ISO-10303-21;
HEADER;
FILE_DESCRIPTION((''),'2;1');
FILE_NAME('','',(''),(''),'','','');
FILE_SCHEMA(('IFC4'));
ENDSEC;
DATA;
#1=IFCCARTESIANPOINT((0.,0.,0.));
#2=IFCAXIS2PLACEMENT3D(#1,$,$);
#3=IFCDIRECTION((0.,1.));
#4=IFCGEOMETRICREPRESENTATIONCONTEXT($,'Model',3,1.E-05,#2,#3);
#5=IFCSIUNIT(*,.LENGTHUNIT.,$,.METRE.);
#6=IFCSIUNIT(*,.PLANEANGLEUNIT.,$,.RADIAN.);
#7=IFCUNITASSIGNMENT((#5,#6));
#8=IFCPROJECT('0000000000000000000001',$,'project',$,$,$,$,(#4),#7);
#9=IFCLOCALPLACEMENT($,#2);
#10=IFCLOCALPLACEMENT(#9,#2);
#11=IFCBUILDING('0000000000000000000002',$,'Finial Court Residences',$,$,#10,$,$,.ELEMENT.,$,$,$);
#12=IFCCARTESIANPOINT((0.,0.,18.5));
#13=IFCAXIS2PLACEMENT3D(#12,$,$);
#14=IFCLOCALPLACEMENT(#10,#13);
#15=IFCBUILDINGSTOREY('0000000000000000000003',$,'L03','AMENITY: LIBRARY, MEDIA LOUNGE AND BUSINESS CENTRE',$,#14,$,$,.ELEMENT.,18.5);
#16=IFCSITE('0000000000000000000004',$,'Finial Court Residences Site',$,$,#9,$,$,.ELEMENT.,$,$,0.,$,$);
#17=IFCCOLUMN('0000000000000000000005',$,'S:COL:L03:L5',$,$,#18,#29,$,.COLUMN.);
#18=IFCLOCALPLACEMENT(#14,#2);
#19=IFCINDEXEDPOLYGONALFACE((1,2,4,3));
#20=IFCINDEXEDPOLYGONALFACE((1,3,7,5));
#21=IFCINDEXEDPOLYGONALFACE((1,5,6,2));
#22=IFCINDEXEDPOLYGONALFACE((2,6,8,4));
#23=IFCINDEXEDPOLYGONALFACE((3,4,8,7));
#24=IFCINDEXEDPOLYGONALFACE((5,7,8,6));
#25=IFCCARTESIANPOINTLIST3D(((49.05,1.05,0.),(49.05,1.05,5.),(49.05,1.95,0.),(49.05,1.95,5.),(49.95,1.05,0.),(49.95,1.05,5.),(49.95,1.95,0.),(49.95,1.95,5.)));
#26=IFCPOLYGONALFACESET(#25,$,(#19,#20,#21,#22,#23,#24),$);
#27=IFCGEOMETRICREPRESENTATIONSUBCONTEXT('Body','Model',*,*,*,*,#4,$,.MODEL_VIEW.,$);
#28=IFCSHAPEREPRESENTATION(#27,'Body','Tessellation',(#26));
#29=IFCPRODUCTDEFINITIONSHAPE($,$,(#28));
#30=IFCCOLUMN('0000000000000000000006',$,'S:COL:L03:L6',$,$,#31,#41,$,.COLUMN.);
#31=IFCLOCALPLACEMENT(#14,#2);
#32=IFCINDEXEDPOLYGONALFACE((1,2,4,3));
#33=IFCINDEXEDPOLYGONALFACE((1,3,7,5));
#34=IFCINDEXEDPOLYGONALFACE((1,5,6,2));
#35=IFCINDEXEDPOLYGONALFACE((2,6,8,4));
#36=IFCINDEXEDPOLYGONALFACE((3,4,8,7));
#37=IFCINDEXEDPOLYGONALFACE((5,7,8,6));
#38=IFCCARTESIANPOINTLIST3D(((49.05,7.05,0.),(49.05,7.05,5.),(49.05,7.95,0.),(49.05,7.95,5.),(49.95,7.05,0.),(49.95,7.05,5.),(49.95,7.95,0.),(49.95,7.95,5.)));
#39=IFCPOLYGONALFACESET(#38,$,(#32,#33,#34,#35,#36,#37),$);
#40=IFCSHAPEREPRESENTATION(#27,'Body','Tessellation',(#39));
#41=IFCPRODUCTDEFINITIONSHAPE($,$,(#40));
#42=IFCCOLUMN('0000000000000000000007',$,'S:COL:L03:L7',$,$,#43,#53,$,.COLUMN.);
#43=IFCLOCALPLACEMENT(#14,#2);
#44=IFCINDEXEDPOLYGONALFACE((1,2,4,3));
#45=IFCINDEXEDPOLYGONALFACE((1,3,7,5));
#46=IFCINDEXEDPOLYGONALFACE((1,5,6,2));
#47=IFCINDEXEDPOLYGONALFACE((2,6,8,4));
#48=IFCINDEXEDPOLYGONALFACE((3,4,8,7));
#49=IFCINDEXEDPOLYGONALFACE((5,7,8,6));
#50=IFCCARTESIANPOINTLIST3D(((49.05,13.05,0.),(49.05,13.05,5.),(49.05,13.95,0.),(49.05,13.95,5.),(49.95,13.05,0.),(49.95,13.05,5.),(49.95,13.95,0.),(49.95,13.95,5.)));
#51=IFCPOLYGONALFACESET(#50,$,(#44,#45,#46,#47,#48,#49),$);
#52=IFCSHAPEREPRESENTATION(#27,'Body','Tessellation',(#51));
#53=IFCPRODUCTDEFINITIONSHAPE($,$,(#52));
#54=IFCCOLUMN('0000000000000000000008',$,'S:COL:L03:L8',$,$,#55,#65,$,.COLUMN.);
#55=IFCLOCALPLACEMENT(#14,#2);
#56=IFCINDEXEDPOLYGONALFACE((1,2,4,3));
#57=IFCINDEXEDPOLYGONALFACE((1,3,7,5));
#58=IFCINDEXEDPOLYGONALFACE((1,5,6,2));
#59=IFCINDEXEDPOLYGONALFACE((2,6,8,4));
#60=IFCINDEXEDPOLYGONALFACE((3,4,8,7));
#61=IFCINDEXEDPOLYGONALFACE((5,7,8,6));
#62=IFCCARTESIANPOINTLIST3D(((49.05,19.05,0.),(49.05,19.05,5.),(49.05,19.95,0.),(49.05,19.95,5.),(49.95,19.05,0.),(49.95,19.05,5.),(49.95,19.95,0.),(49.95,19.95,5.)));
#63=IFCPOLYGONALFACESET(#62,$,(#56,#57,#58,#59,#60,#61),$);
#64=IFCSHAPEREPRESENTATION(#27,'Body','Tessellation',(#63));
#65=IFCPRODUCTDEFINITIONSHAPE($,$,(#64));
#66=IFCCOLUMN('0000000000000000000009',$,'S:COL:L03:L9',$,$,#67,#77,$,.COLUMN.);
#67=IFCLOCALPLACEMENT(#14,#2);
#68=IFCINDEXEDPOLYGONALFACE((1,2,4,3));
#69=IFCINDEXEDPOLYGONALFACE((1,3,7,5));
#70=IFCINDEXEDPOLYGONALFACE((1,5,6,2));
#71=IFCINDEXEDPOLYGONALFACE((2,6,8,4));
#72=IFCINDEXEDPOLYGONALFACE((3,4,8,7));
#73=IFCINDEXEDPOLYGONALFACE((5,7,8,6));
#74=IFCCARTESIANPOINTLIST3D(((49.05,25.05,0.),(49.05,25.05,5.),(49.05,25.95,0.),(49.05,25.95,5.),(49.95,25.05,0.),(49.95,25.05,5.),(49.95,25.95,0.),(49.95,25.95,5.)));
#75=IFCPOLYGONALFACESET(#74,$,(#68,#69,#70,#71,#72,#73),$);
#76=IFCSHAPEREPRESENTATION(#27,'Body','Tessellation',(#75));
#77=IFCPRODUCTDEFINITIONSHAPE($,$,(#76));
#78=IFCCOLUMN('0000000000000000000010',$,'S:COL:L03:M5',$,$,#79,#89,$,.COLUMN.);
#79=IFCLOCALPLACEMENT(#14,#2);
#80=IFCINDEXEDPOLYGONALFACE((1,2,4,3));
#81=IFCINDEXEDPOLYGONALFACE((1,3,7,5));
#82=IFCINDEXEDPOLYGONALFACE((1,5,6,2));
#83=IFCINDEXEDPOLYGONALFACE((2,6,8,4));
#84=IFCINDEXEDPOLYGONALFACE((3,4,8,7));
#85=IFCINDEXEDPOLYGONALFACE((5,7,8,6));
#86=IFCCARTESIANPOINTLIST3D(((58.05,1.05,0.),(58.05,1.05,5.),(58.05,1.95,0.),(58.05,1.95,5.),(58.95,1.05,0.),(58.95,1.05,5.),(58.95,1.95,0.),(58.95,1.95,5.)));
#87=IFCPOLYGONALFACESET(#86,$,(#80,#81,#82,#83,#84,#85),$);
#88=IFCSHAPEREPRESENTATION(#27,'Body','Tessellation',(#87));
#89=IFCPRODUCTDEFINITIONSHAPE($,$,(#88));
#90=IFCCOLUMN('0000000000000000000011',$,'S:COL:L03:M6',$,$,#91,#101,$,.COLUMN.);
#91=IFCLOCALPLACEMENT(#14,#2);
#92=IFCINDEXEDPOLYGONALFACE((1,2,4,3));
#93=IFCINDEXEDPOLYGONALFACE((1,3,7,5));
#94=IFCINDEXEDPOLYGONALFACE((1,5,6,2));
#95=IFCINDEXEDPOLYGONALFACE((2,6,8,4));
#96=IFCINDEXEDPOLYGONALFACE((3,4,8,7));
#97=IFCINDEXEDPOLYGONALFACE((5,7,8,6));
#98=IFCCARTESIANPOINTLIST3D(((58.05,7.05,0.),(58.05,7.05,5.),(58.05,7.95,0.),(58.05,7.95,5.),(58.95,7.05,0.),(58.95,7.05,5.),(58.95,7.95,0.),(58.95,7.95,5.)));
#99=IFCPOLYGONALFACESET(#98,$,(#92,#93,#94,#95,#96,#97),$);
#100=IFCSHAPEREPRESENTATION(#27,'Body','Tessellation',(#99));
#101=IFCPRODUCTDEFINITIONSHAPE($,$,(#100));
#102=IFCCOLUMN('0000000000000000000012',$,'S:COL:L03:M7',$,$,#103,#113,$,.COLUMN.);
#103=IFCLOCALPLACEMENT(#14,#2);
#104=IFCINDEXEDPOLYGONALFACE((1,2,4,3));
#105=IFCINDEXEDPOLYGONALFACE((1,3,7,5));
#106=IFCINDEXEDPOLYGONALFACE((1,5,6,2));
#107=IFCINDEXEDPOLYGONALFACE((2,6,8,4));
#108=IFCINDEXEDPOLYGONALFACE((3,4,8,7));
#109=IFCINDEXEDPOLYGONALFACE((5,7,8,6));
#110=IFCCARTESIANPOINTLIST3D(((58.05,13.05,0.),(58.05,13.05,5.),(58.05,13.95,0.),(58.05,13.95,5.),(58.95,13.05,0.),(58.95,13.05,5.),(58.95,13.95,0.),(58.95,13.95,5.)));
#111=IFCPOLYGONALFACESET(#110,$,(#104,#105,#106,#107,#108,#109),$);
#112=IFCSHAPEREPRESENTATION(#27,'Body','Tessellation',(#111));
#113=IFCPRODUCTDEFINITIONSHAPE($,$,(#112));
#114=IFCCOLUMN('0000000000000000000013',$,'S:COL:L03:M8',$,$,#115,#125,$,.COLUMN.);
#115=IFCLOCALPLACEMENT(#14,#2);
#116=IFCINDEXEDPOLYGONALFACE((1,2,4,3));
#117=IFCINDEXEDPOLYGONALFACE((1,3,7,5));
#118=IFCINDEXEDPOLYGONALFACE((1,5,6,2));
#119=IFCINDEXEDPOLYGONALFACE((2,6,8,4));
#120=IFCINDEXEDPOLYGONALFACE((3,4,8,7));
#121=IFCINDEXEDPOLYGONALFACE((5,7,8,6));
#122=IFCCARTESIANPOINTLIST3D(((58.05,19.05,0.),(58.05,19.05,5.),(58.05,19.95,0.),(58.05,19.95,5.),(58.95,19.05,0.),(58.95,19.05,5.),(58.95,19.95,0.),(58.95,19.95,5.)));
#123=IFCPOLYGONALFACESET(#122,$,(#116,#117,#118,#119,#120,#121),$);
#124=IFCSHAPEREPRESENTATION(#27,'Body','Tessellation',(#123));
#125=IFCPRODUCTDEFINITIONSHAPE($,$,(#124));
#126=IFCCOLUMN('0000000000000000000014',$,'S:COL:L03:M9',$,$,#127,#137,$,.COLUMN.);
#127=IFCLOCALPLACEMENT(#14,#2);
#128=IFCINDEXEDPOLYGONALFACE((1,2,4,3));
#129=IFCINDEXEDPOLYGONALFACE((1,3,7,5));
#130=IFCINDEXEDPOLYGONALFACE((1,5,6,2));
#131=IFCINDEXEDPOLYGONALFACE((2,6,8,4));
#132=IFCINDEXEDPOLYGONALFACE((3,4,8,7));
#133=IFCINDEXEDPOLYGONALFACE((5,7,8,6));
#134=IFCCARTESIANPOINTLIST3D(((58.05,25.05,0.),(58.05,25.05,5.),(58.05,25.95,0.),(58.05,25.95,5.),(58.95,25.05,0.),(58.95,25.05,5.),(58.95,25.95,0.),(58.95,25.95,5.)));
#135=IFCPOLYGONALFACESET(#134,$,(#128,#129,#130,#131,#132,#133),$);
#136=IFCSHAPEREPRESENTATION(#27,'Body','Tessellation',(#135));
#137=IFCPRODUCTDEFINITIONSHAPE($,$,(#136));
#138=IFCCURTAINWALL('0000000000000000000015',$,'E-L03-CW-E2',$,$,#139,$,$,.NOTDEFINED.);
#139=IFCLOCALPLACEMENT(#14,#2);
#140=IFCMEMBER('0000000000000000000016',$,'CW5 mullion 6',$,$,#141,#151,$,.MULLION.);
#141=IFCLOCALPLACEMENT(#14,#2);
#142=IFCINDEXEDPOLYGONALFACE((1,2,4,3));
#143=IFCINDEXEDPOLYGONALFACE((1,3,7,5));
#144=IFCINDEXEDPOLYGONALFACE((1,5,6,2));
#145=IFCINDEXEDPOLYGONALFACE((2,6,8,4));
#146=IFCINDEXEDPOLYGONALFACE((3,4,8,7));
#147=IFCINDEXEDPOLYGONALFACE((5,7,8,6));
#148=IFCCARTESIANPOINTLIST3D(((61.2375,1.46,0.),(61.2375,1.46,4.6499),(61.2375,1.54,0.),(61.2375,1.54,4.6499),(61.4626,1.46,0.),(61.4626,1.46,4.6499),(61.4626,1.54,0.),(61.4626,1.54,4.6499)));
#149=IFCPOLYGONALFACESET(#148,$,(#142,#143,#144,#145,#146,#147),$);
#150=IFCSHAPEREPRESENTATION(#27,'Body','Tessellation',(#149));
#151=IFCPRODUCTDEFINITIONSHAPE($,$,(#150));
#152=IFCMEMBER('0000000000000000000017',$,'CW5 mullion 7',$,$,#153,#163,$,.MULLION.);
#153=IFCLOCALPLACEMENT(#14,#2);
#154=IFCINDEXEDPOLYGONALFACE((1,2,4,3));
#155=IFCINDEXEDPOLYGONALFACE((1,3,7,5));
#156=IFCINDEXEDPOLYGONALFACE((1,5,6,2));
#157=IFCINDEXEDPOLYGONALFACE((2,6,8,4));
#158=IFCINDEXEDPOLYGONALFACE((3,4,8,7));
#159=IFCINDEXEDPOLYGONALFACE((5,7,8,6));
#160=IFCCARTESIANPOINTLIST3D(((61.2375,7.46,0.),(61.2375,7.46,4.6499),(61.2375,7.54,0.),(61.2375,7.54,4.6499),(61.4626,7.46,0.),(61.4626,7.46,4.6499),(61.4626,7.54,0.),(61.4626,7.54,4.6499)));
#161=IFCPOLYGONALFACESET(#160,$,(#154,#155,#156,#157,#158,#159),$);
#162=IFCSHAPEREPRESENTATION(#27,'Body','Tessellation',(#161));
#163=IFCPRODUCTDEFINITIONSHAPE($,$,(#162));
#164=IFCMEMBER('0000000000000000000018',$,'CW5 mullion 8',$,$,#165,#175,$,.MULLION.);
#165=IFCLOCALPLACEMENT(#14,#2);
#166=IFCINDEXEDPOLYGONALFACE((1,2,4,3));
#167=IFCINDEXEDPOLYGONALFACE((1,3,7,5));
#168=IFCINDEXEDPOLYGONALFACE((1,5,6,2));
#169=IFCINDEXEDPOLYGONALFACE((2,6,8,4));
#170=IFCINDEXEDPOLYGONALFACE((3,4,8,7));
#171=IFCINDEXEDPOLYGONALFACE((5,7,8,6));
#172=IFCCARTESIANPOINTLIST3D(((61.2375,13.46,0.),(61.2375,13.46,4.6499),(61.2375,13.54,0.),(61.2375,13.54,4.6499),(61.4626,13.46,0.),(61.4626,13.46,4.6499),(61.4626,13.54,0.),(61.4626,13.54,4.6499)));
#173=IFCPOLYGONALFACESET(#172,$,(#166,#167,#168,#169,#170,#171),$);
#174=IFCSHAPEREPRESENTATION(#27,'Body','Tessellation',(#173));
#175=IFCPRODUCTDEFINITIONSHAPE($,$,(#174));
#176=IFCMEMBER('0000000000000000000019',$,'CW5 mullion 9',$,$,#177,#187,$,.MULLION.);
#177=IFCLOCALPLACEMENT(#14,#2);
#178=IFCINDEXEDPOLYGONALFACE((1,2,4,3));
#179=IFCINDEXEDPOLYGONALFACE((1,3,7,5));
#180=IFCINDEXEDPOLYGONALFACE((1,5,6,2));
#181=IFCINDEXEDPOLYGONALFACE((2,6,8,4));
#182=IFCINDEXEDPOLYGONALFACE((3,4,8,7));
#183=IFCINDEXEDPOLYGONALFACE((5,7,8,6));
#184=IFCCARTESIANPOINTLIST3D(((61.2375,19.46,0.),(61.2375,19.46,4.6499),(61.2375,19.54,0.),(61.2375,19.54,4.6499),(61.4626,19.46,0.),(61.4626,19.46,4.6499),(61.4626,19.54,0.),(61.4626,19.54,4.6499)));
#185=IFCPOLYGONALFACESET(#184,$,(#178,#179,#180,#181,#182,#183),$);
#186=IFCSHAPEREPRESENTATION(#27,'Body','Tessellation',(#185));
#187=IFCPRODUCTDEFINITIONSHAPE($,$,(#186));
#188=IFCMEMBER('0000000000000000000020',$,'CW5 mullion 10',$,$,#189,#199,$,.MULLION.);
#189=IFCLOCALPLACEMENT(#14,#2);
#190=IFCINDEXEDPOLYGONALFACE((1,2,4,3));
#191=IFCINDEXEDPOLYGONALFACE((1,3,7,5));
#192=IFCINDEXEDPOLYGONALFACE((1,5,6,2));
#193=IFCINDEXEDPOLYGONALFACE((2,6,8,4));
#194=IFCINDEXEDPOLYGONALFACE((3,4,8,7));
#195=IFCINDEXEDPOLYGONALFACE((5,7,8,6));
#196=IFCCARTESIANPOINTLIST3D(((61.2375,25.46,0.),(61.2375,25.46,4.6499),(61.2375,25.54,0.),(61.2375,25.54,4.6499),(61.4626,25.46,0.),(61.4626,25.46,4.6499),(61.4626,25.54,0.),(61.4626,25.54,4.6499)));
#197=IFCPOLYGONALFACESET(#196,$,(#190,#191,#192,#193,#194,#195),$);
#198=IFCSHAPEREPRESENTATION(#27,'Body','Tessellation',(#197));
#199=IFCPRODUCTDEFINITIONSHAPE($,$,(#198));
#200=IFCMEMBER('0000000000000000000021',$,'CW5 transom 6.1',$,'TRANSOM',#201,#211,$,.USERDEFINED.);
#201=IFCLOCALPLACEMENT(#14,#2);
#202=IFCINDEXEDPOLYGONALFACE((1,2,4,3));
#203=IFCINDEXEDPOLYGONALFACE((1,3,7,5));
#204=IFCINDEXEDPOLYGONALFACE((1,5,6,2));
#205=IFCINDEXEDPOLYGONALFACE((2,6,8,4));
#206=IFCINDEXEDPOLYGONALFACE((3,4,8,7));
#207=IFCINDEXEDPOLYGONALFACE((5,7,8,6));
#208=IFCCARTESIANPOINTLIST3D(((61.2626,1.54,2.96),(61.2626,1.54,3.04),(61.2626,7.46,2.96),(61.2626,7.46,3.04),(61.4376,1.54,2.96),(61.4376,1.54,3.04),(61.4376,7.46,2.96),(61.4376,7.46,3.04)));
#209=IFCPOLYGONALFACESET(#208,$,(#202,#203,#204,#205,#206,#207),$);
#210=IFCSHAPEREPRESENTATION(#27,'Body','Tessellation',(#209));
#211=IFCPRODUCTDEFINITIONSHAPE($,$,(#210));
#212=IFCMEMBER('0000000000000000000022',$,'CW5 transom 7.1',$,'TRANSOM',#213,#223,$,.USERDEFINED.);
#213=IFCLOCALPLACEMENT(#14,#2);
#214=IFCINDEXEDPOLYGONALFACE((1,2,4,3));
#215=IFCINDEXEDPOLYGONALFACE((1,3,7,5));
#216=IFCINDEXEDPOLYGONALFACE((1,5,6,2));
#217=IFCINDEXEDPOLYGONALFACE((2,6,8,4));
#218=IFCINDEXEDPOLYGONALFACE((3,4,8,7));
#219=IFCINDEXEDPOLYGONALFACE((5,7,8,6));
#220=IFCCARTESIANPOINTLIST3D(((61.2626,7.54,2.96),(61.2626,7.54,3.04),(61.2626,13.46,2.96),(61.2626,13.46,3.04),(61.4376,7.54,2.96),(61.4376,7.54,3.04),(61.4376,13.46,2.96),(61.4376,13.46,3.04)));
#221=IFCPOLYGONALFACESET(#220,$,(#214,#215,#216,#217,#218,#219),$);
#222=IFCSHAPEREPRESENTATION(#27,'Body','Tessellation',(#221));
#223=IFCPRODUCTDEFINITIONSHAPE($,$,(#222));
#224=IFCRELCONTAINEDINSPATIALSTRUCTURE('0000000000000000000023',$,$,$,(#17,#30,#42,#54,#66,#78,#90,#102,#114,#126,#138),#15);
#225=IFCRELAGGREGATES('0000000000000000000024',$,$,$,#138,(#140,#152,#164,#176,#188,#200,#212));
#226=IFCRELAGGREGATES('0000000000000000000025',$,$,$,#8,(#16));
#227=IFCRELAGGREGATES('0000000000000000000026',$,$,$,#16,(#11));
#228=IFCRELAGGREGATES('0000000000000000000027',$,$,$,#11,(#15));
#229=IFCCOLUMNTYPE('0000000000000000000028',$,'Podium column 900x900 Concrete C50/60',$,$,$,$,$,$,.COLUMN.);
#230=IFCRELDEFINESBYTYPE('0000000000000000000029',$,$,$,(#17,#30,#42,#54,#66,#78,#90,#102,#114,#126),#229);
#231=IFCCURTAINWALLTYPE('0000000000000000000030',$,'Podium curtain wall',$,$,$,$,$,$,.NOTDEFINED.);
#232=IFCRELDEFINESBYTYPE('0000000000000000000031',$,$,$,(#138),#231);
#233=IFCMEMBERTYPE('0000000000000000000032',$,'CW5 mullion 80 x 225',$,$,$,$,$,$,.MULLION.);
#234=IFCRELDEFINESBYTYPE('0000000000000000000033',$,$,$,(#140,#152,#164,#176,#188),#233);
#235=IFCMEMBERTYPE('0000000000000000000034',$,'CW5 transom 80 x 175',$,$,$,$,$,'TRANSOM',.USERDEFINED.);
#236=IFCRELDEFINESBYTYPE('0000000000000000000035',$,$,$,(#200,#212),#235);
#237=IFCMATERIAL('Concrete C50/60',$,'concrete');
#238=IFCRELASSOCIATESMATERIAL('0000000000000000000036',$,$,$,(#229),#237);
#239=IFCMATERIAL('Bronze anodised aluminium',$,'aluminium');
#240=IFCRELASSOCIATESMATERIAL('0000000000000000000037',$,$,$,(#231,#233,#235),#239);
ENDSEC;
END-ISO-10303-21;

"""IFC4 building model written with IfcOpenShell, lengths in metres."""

from ifc_helpers import new_model, si_unit, direction, frame, origin, origin_2d, place, context, subcontext, project, spatial, rectangle, extrude, material, material_profile, profile_set, type_object, element, aggregate, save


model = new_model("IFC4")

# Units and contexts
model_context = context("Model", 3, precision=1e-05, world=origin(), true_north=direction((0.0, 1.0)))
body_context = subcontext(model_context, "Body", "Model", "MODEL_VIEW")
ifc_project = project(units=[si_unit("LENGTHUNIT", "METRE"), si_unit("PLANEANGLEUNIT", "RADIAN")], contexts=[model_context])

# Site, building, storey
site_placement = place(None, origin())
site = spatial("IfcSite", under=ifc_project, at=site_placement, Name="Finial Court Residences Site", CompositionType="ELEMENT", RefElevation=0.0)
building_placement = place(site_placement, origin())
building = spatial("IfcBuilding", under=site, at=building_placement, Name="Finial Court Residences", CompositionType="ELEMENT")
storey_placement = place(building_placement, frame((0.0, 0.0, 18.5)))
storey = spatial("IfcBuildingStorey", under=building, at=storey_placement, Name="L03", Description="AMENITY: LIBRARY, MEDIA LOUNGE AND BUSINESS CENTRE", CompositionType="ELEMENT", Elevation=18.5)

# Columns
ifc_material_1 = material(Name="Concrete C50/60", Category="concrete")
ifc_material_profile_1 = material_profile(ifc_material_1, rectangle(XDim=0.8999, YDim=0.8999, at=origin_2d()), Name="900x900")
ifc_profile_set_1 = profile_set([ifc_material_profile_1], Name="Concrete C50/60")
column_type = type_object("IfcColumnType", Name="Podium column 900x900 Concrete C50/60", PredefinedType="COLUMN", material=ifc_profile_set_1)
for number, where, z_axis, x_axis, name in (
    (1, (49.5, 1.5, 0.0), (0.0, 0.0, 1.0), (1.0, 0.0, 0.0), "S:COL:L03:L5"),
    (2, (49.5, 7.5, 0.0), (0.0, 0.0, 1.0), (1.0, 0.0, 0.0), "S:COL:L03:L6"),
    (3, (49.5, 13.5, 0.0), (0.0, 0.0, 1.0), (1.0, 0.0, 0.0), "S:COL:L03:L7"),
    (4, (49.5, 19.5, 0.0), (0.0, 0.0, 1.0), (1.0, 0.0, 0.0), "S:COL:L03:L8"),
    (5, (49.5, 25.5, 0.0), (0.0, 0.0, 1.0), (1.0, 0.0, 0.0), "S:COL:L03:L9"),
    (6, (58.5, 1.5, 0.0), (0.0, 0.0, 1.0), (1.0, 0.0, 0.0), "S:COL:L03:M5"),
    (7, (58.5, 7.5, 0.0), (0.0, 0.0, 1.0), (1.0, 0.0, 0.0), "S:COL:L03:M6"),
    (8, (58.5, 13.5, 0.0), (0.0, 0.0, 1.0), (1.0, 0.0, 0.0), "S:COL:L03:M7"),
    (9, (58.5, 19.5, 0.0), (0.0, 0.0, 1.0), (1.0, 0.0, 0.0), "S:COL:L03:M8"),
    (10, (58.5, 25.5, 0.0), (0.0, 0.0, 1.0), (1.0, 0.0, 0.0), "S:COL:L03:M9"),
):
    element("IfcColumn", number, at=place(storey_placement, frame(where, z_axis=z_axis, x_axis=x_axis)), inside=storey, type_object=column_type, Name=name, PredefinedType="COLUMN", context=body_context, shape_type="SweptSolid", body=[
        extrude(rectangle(XDim=0.8999, YDim=0.8999, at=origin_2d()), origin(), (0.0, 0.0, 1.0), 5.0),
    ])

# Curtain wall, members
ifc_material_2 = material(Name="Bronze anodised aluminium", Category="aluminium")
curtain_wall_type = type_object("IfcCurtainWallType", Name="Podium curtain wall", PredefinedType="NOTDEFINED", material=ifc_material_2)
curtain_wall_placement = place(storey_placement, origin())
curtain_wall = element("IfcCurtainWall", 11, at=curtain_wall_placement, inside=storey, type_object=curtain_wall_type, Name="E-L03-CW-E2", PredefinedType="NOTDEFINED")
ifc_material_profile_2 = material_profile(ifc_material_2, rectangle(XDim=0.2251, YDim=0.0801, at=origin_2d()), Name="CW5 mullion 80 x 225")
ifc_profile_set_2 = profile_set([ifc_material_profile_2], Name="Bronze anodised aluminium")
member_type_1 = type_object("IfcMemberType", Name="CW5 mullion 80 x 225", PredefinedType="MULLION", material=ifc_profile_set_2)
member_1_placement = place(storey_placement, frame((61.3501, 1.5, 0.0), z_axis=(0.0, 0.0, 1.0), x_axis=(-1.0, 0.0, 0.0)))
member_1 = element("IfcMember", 12, at=member_1_placement, type_object=member_type_1, Name="CW5 mullion 6", PredefinedType="MULLION", context=body_context, shape_type="SweptSolid", body=[
    extrude(rectangle(XDim=0.2251, YDim=0.0801, at=origin_2d()), origin(), (0.0, 0.0, 1.0), 4.6499),
])
member_2_placement = place(storey_placement, frame((61.3501, 7.5, 0.0), z_axis=(0.0, 0.0, 1.0), x_axis=(-1.0, 0.0, 0.0)))
member_2 = element("IfcMember", 13, at=member_2_placement, type_object=member_type_1, Name="CW5 mullion 7", PredefinedType="MULLION", context=body_context, shape_type="SweptSolid", body=[
    extrude(rectangle(XDim=0.2251, YDim=0.0801, at=origin_2d()), origin(), (0.0, 0.0, 1.0), 4.6499),
])
member_3_placement = place(storey_placement, frame((61.3501, 13.5, 0.0), z_axis=(0.0, 0.0, 1.0), x_axis=(-1.0, 0.0, 0.0)))
member_3 = element("IfcMember", 14, at=member_3_placement, type_object=member_type_1, Name="CW5 mullion 8", PredefinedType="MULLION", context=body_context, shape_type="SweptSolid", body=[
    extrude(rectangle(XDim=0.2251, YDim=0.0801, at=origin_2d()), origin(), (0.0, 0.0, 1.0), 4.6499),
])
member_4_placement = place(storey_placement, frame((61.3501, 19.5, 0.0), z_axis=(0.0, 0.0, 1.0), x_axis=(-1.0, 0.0, 0.0)))
member_4 = element("IfcMember", 15, at=member_4_placement, type_object=member_type_1, Name="CW5 mullion 9", PredefinedType="MULLION", context=body_context, shape_type="SweptSolid", body=[
    extrude(rectangle(XDim=0.2251, YDim=0.0801, at=origin_2d()), origin(), (0.0, 0.0, 1.0), 4.6499),
])
member_5_placement = place(storey_placement, frame((61.3501, 25.5, 0.0), z_axis=(0.0, 0.0, 1.0), x_axis=(-1.0, 0.0, 0.0)))
member_5 = element("IfcMember", 16, at=member_5_placement, type_object=member_type_1, Name="CW5 mullion 10", PredefinedType="MULLION", context=body_context, shape_type="SweptSolid", body=[
    extrude(rectangle(XDim=0.2251, YDim=0.0801, at=origin_2d()), origin(), (0.0, 0.0, 1.0), 4.6499),
])
ifc_material_profile_3 = material_profile(ifc_material_2, rectangle(XDim=0.175, YDim=0.0801, at=origin_2d()), Name="CW5 transom 80 x 175")
ifc_profile_set_3 = profile_set([ifc_material_profile_3], Name="Bronze anodised aluminium")
member_type_2 = type_object("IfcMemberType", Name="CW5 transom 80 x 175", ElementType="TRANSOM", PredefinedType="USERDEFINED", material=ifc_profile_set_3)
member_6_placement = place(storey_placement, frame((61.3501, 1.54, 3.0), z_axis=(0.0, 1.0, 0.0), x_axis=(-1.0, 0.0, 0.0)))
member_6 = element("IfcMember", 17, at=member_6_placement, type_object=member_type_2, Name="CW5 transom 6.1", ObjectType="TRANSOM", PredefinedType="USERDEFINED", context=body_context, shape_type="SweptSolid", body=[
    extrude(rectangle(XDim=0.175, YDim=0.0801, at=origin_2d()), origin(), (0.0, 0.0, 1.0), 5.9199),
])
member_7_placement = place(storey_placement, frame((61.3501, 7.54, 3.0), z_axis=(0.0, 1.0, 0.0), x_axis=(-1.0, 0.0, 0.0)))
member_7 = element("IfcMember", 18, at=member_7_placement, type_object=member_type_2, Name="CW5 transom 7.1", ObjectType="TRANSOM", PredefinedType="USERDEFINED", context=body_context, shape_type="SweptSolid", body=[
    extrude(rectangle(XDim=0.175, YDim=0.0801, at=origin_2d()), origin(), (0.0, 0.0, 1.0), 5.9199),
])
aggregate(curtain_wall, [member_1, member_2, member_3, member_4, member_5, member_6, member_7])

save(model, "model.ifc")
